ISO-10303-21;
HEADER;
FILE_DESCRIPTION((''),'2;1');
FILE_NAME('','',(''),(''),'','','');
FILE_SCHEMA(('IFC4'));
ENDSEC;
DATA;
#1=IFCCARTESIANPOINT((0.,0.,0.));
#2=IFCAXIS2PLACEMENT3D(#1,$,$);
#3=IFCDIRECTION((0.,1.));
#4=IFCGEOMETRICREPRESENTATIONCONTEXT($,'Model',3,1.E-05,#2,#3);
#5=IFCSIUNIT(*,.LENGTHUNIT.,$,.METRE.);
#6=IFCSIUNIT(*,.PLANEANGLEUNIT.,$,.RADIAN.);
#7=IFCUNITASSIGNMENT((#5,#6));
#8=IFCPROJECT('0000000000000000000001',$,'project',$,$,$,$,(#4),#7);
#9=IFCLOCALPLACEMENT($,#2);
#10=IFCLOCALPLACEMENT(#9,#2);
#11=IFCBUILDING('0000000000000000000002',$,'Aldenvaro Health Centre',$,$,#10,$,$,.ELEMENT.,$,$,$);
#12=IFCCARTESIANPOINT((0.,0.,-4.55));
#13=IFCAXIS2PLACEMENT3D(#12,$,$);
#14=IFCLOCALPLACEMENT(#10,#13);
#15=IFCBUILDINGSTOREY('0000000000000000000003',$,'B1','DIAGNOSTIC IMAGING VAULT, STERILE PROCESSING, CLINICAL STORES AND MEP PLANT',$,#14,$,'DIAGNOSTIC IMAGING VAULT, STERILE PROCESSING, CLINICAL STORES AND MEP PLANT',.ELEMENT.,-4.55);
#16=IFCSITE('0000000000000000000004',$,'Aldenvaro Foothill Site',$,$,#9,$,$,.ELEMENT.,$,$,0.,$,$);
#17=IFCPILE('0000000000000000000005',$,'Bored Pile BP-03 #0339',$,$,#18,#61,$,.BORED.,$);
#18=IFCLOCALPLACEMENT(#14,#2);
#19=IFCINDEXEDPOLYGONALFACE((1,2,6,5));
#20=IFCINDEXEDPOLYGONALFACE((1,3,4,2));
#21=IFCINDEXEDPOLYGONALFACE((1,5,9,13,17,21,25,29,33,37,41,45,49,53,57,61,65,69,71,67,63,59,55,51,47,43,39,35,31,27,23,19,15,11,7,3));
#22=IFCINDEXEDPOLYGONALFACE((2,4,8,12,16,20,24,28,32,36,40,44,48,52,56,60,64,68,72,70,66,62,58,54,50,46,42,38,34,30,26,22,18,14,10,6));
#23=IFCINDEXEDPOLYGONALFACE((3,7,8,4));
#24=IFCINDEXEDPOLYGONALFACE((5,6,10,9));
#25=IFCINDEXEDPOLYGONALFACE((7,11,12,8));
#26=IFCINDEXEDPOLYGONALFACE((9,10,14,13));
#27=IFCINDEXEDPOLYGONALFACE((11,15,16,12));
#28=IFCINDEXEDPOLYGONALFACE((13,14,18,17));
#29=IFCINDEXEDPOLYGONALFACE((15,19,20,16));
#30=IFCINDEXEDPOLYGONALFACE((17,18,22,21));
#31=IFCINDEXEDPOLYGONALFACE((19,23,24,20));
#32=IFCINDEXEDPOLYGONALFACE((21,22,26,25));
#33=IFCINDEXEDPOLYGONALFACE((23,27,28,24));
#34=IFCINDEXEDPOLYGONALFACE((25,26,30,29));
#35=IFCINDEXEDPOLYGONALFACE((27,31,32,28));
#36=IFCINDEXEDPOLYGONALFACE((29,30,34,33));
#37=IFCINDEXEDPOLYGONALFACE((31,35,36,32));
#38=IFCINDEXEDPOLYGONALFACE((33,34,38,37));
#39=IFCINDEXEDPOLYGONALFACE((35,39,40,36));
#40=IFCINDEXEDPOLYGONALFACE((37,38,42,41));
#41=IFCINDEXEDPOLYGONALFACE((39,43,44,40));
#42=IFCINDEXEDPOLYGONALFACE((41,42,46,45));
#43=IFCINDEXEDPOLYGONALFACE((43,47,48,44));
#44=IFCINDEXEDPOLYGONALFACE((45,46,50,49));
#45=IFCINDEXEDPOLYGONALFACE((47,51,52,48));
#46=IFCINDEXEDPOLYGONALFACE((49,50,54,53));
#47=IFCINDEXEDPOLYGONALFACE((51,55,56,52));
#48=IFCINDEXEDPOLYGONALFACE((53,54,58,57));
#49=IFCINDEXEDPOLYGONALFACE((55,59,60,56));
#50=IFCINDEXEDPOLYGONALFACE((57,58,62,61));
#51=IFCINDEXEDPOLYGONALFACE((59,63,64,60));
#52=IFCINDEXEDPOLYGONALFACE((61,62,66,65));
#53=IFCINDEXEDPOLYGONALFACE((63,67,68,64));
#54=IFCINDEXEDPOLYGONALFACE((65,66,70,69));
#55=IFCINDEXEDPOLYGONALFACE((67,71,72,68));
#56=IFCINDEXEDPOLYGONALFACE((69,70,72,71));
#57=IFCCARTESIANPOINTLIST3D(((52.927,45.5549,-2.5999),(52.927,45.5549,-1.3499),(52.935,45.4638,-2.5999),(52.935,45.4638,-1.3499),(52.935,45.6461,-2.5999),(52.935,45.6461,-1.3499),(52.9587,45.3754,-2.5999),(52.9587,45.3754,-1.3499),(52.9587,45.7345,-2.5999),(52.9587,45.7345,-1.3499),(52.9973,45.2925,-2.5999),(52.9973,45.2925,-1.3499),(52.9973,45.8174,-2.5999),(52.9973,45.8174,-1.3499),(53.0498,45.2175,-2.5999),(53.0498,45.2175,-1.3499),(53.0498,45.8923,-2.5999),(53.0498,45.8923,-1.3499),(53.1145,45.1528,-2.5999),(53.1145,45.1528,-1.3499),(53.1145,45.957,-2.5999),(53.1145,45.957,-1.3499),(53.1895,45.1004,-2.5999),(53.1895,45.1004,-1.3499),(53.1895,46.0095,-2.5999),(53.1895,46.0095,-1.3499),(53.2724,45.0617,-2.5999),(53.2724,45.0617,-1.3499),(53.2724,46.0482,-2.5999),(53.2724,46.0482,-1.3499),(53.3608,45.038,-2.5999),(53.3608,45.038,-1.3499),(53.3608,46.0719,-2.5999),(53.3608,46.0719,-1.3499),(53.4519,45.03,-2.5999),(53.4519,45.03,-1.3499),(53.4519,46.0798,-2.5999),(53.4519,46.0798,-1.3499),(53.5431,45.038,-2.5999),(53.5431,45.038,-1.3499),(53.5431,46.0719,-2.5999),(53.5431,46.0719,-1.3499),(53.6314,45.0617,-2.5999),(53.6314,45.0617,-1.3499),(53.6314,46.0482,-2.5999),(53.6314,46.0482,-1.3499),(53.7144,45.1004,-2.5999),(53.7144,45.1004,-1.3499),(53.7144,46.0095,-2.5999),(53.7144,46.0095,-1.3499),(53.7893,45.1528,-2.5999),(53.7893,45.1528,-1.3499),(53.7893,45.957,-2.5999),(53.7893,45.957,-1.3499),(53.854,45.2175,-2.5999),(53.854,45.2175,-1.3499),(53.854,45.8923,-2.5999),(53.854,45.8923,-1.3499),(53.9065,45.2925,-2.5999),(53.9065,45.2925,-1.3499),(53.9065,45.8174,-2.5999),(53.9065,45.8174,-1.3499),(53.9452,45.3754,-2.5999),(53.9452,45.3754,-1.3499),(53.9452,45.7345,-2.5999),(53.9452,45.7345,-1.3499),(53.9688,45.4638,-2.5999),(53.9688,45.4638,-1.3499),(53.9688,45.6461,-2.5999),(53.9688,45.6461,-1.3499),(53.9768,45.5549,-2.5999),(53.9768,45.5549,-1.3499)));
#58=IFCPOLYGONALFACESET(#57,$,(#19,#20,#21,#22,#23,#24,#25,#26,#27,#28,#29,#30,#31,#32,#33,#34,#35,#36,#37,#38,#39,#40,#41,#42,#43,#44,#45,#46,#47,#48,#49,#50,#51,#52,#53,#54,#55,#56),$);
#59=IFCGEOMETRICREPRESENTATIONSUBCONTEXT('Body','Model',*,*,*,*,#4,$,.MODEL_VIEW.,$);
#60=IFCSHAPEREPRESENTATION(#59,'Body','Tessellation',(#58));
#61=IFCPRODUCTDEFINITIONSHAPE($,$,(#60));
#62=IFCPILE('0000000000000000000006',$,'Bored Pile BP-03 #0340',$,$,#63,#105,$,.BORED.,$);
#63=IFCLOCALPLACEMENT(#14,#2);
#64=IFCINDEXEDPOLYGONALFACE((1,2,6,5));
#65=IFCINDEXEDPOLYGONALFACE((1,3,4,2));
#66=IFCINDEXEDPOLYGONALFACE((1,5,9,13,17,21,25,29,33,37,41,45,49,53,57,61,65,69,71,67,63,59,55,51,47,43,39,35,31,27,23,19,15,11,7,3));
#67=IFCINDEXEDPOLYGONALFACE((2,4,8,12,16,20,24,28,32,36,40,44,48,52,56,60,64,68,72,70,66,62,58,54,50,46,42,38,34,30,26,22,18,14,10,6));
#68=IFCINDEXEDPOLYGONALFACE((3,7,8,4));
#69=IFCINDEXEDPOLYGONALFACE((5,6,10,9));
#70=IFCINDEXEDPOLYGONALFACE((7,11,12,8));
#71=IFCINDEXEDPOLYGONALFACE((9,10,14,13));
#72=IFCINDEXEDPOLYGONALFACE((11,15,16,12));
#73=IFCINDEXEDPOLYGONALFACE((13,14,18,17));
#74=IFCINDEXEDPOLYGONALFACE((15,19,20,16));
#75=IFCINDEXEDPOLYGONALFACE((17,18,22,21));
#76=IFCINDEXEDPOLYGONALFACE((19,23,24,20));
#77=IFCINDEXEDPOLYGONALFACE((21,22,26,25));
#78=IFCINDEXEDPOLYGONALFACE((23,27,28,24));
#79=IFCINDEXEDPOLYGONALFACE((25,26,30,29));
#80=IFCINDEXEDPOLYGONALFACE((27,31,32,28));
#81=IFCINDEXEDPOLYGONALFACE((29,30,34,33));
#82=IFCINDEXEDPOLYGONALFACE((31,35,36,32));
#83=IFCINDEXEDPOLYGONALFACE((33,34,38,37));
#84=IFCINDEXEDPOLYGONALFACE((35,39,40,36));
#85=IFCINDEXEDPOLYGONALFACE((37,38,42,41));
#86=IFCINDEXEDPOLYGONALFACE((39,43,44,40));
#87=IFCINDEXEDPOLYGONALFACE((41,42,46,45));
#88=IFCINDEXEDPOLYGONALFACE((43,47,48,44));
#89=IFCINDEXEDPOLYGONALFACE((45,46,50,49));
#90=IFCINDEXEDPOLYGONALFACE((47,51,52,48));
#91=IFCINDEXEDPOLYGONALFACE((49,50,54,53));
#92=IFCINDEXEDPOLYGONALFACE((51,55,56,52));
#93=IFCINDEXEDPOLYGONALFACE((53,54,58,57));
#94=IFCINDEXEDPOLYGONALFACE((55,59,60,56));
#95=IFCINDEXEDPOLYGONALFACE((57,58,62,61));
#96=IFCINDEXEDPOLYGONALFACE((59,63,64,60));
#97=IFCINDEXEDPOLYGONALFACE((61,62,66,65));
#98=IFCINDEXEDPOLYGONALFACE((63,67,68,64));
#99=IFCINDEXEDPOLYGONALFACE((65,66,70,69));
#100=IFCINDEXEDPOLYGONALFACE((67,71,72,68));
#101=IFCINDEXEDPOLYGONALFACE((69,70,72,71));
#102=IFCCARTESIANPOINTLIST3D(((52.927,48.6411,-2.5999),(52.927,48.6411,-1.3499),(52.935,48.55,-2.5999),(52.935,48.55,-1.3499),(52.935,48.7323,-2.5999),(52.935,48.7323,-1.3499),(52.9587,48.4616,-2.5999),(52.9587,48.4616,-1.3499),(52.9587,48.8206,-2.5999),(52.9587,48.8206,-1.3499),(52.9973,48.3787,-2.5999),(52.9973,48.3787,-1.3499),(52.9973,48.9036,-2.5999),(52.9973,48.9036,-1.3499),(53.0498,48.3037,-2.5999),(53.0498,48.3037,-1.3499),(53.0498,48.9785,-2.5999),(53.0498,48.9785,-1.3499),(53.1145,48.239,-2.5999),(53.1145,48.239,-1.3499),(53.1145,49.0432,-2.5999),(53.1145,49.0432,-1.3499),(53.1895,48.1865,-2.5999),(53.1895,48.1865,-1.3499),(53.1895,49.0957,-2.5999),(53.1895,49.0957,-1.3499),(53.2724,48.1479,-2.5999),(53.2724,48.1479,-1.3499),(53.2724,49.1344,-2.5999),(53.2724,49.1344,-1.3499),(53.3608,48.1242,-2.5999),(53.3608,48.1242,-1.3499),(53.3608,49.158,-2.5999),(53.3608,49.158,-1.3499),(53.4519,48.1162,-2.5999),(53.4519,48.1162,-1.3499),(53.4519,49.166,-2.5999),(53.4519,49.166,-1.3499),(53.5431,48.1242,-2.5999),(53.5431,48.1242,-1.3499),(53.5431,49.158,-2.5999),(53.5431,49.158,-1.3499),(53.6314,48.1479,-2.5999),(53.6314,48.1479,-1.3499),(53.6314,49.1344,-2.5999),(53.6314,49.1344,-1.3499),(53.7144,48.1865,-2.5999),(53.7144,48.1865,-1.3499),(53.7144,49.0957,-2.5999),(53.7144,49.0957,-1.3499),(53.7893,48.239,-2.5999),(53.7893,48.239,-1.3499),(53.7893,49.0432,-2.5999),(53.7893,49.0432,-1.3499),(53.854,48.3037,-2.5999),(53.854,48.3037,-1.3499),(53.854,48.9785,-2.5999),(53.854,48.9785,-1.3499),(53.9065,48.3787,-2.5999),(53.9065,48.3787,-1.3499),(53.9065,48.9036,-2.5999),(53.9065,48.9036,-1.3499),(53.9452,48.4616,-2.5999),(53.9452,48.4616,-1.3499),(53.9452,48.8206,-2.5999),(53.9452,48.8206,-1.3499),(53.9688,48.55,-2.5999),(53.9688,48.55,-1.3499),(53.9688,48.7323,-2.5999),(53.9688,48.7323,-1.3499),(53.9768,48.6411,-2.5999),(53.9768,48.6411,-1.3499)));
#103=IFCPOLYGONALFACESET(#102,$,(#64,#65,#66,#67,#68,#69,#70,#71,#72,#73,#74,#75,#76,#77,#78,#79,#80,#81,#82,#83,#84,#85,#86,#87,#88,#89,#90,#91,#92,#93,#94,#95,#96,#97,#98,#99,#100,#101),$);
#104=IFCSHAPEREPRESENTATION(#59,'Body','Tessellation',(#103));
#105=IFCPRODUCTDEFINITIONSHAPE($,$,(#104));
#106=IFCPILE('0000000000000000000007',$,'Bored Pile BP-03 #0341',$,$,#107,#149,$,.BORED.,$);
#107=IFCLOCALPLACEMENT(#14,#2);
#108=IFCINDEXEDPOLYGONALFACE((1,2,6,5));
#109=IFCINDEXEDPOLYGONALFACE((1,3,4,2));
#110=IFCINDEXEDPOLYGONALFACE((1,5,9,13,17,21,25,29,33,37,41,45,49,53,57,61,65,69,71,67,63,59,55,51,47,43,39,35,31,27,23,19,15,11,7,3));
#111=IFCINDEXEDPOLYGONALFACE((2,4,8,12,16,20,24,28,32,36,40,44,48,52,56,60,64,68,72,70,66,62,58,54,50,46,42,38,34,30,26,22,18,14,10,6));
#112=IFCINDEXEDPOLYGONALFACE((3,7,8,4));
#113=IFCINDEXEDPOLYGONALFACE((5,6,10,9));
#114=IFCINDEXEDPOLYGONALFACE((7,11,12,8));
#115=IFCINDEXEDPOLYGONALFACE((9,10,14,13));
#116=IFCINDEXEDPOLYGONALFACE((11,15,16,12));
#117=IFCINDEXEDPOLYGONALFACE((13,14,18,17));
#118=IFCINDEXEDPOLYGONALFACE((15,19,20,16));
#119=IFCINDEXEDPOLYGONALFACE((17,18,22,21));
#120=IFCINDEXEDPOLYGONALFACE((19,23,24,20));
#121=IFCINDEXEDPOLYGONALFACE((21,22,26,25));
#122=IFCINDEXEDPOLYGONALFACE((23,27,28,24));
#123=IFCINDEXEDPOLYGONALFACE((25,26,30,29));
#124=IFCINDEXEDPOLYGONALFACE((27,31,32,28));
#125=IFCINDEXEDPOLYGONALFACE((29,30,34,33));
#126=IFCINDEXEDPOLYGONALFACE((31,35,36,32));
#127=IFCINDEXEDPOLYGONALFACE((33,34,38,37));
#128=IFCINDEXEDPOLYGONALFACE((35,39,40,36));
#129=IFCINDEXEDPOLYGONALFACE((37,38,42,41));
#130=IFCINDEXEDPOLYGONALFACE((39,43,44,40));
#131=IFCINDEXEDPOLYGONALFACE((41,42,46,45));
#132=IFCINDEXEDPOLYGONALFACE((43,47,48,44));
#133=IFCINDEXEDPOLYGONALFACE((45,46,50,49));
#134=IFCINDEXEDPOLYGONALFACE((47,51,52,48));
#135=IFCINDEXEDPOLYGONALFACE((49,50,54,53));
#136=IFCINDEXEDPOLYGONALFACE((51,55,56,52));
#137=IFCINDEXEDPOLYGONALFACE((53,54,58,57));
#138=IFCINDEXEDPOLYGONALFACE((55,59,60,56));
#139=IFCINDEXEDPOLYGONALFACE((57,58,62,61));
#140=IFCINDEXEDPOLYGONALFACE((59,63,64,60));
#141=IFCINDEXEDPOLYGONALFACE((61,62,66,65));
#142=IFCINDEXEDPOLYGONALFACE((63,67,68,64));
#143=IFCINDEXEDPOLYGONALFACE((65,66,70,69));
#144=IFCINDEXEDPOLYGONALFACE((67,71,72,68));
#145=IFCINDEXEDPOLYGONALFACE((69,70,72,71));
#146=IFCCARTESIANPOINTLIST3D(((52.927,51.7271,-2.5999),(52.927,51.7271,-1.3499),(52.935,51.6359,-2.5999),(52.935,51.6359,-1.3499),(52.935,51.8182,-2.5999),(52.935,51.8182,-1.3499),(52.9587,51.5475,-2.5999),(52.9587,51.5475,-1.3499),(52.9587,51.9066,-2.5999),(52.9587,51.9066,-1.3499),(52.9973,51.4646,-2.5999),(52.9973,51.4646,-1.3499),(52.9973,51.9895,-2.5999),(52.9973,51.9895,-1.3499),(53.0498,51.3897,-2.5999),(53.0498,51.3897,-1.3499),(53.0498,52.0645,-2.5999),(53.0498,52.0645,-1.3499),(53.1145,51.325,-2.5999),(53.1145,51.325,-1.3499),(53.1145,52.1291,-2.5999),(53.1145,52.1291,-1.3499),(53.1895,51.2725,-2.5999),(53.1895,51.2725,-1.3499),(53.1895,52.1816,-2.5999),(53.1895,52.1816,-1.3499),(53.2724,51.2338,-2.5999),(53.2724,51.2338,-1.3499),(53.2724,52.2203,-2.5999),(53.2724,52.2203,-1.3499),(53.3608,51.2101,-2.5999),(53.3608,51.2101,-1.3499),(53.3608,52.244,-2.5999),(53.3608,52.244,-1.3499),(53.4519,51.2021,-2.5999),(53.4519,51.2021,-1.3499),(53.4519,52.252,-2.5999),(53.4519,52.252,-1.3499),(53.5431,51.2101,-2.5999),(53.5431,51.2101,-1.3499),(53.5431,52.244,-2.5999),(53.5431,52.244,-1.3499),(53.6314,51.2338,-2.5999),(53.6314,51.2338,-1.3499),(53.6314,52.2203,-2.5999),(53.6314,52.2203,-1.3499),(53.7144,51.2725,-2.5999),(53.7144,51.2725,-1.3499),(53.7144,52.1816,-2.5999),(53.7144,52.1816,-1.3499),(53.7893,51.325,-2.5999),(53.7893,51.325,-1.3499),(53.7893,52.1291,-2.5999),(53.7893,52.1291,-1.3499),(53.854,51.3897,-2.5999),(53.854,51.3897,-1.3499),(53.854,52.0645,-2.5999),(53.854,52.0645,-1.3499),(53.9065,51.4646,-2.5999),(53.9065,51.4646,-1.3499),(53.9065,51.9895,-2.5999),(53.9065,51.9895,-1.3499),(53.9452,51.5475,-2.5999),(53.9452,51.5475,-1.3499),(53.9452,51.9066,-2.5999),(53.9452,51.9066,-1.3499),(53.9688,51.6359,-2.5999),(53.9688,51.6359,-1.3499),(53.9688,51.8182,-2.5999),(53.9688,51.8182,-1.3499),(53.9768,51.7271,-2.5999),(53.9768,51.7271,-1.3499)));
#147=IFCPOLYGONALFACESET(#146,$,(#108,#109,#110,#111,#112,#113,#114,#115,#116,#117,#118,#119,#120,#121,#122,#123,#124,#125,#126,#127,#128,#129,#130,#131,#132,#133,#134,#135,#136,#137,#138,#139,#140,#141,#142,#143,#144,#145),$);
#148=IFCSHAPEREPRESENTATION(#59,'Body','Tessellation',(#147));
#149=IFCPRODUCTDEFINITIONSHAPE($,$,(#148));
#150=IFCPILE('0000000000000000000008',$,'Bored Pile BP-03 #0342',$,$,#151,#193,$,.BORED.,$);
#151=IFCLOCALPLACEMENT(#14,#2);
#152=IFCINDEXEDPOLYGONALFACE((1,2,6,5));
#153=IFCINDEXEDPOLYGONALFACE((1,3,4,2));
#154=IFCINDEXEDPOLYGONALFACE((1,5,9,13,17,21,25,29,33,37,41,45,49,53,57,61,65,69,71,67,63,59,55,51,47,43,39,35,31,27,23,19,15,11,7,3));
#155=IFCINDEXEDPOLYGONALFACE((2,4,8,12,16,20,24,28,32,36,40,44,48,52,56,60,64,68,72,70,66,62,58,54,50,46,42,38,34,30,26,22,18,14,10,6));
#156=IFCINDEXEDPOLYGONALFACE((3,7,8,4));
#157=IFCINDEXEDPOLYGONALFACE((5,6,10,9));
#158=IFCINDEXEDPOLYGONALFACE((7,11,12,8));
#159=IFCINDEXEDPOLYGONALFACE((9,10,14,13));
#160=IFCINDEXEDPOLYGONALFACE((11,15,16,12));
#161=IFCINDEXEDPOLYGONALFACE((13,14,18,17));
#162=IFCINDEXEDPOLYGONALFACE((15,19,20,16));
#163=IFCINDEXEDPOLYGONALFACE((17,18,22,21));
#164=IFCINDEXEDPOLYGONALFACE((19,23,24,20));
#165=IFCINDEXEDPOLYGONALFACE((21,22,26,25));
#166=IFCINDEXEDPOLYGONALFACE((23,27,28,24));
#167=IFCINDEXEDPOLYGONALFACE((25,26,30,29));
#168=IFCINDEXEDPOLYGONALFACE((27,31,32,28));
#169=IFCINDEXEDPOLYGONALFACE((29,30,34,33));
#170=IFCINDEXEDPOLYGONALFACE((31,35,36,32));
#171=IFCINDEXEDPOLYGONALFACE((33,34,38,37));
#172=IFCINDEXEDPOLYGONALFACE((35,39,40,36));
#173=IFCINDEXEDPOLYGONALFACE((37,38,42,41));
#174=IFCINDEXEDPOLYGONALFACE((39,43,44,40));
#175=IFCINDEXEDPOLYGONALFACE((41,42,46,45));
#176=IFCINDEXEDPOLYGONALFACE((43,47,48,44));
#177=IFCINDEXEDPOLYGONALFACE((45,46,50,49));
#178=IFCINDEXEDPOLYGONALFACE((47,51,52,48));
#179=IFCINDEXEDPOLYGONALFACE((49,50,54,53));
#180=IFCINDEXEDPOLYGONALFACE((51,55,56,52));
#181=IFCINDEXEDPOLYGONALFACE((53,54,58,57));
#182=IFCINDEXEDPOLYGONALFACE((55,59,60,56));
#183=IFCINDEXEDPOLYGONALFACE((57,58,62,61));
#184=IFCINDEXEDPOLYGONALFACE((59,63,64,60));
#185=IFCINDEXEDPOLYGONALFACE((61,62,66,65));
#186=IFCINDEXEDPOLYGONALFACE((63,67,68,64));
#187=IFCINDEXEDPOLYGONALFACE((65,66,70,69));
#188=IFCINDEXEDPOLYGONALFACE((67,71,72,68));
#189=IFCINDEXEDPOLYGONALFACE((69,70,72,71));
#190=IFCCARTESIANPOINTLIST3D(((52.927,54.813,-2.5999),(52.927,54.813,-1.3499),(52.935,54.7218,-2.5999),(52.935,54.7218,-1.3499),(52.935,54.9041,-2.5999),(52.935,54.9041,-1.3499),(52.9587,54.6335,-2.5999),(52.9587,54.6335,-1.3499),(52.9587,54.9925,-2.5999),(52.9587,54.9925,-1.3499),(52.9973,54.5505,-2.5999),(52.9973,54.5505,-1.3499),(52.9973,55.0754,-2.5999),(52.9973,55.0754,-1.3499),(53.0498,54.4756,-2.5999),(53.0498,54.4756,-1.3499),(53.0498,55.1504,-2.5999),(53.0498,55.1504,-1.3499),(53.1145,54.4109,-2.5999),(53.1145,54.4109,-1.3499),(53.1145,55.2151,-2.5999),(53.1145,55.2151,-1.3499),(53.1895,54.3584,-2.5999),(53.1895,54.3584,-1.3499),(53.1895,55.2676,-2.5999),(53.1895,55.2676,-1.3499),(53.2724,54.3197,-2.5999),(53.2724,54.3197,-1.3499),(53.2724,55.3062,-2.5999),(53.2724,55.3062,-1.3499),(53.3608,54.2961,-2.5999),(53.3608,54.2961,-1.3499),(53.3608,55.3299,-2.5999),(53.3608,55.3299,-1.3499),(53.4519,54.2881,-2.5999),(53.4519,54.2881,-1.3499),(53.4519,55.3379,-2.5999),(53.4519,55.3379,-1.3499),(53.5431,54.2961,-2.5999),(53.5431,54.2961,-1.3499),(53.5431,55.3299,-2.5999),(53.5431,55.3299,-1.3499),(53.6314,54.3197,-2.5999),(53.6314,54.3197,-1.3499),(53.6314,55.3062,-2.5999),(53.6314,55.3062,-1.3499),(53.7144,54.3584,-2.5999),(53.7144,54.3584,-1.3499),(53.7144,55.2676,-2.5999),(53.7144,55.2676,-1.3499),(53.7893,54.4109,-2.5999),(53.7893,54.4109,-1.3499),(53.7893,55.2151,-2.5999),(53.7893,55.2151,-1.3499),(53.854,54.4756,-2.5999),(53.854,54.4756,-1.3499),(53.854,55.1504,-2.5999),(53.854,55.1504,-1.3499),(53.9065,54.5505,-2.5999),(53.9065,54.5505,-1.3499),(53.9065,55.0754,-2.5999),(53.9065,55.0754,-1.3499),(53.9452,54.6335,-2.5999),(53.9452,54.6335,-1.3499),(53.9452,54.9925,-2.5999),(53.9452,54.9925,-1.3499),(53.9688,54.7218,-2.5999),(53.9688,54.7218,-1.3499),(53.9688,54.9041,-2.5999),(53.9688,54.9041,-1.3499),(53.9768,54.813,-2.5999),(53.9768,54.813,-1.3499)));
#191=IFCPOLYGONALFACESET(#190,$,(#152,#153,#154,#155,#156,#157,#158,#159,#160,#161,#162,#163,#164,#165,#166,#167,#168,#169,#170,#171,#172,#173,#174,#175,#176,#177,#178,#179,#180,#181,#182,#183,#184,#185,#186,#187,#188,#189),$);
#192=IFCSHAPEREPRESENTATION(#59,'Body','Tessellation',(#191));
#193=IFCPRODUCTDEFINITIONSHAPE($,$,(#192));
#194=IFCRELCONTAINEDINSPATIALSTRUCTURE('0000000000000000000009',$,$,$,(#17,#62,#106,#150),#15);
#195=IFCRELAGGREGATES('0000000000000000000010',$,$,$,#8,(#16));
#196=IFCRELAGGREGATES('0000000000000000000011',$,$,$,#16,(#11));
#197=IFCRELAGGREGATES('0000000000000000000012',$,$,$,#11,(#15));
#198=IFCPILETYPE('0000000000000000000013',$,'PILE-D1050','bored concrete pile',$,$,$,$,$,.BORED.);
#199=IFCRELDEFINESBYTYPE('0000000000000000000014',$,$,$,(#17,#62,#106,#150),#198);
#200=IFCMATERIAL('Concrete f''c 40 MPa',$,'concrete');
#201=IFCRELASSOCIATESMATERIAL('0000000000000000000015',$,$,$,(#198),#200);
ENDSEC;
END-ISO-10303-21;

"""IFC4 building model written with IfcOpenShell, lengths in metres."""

from ifc_helpers import new_model, si_unit, direction, frame, origin, origin_2d, place, context, subcontext, project, spatial, circle, extrude, material, material_profile, profile_set, type_object, element, save


model = new_model("IFC4")

# Units and contexts
model_context = context("Model", 3, precision=1e-05, world=origin(), true_north=direction((0.0, 1.0)))
body_context = subcontext(model_context, "Body", "Model", "MODEL_VIEW")
ifc_project = project(units=[si_unit("LENGTHUNIT", "METRE"), si_unit("PLANEANGLEUNIT", "RADIAN")], contexts=[model_context])

# Site, building, storey
site_placement = place(None, origin())
site = spatial("IfcSite", under=ifc_project, at=site_placement, Name="Aldenvaro Foothill Site", CompositionType="ELEMENT", RefElevation=0.0)
building_placement = place(site_placement, origin())
building = spatial("IfcBuilding", under=site, at=building_placement, Name="Aldenvaro Health Centre", CompositionType="ELEMENT")
storey_placement = place(building_placement, frame((0.0, 0.0, -4.55)))
storey = spatial("IfcBuildingStorey", under=building, at=storey_placement, Name="B1", Description="DIAGNOSTIC IMAGING VAULT, STERILE PROCESSING, CLINICAL STORES AND MEP PLANT", LongName="DIAGNOSTIC IMAGING VAULT, STERILE PROCESSING, CLINICAL STORES AND MEP PLANT", CompositionType="ELEMENT", Elevation=-4.55)

# Shared definitions
ifc_material = material(Name="Concrete f'c 40 MPa", Category="concrete")

# Piles
ifc_material_profile_1 = material_profile(ifc_material, circle(Radius=0.5249, at=origin_2d()), Name="PILE D1050", Category="concrete")
ifc_profile_set_1 = profile_set([ifc_material_profile_1], Name="Concrete f'c 40 MPa")
pile_type_1 = type_object("IfcPileType", Name="PILE-D1050", Description="bored concrete pile", PredefinedType="BORED", material=ifc_profile_set_1)
for number, where, z_axis, x_axis, name in (
    (1, (53.4519, 45.5549, -1.3499), (0.0, 0.0, -1.0), (1.0, 0.0, 0.0), "Bored Pile BP-03 #0339"),
    (2, (53.4519, 48.6411, -1.3499), (0.0, 0.0, -1.0), (1.0, 0.0, 0.0), "Bored Pile BP-03 #0340"),
    (3, (53.4519, 51.7271, -1.3499), (0.0, 0.0, -1.0), (1.0, 0.0, 0.0), "Bored Pile BP-03 #0341"),
    (4, (53.4519, 54.813, -1.3499), (0.0, 0.0, -1.0), (1.0, 0.0, 0.0), "Bored Pile BP-03 #0342"),
):
    element("IfcPile", number, at=place(storey_placement, frame(where, z_axis=z_axis, x_axis=x_axis)), inside=storey, type_object=pile_type_1, Name=name, PredefinedType="BORED", context=body_context, shape_type="SweptSolid", body=[
        extrude(circle(Radius=0.5249, at=origin_2d()), origin(), (0.0, 0.0, 1.0), 1.25),
    ])

save(model, "model.ifc")
